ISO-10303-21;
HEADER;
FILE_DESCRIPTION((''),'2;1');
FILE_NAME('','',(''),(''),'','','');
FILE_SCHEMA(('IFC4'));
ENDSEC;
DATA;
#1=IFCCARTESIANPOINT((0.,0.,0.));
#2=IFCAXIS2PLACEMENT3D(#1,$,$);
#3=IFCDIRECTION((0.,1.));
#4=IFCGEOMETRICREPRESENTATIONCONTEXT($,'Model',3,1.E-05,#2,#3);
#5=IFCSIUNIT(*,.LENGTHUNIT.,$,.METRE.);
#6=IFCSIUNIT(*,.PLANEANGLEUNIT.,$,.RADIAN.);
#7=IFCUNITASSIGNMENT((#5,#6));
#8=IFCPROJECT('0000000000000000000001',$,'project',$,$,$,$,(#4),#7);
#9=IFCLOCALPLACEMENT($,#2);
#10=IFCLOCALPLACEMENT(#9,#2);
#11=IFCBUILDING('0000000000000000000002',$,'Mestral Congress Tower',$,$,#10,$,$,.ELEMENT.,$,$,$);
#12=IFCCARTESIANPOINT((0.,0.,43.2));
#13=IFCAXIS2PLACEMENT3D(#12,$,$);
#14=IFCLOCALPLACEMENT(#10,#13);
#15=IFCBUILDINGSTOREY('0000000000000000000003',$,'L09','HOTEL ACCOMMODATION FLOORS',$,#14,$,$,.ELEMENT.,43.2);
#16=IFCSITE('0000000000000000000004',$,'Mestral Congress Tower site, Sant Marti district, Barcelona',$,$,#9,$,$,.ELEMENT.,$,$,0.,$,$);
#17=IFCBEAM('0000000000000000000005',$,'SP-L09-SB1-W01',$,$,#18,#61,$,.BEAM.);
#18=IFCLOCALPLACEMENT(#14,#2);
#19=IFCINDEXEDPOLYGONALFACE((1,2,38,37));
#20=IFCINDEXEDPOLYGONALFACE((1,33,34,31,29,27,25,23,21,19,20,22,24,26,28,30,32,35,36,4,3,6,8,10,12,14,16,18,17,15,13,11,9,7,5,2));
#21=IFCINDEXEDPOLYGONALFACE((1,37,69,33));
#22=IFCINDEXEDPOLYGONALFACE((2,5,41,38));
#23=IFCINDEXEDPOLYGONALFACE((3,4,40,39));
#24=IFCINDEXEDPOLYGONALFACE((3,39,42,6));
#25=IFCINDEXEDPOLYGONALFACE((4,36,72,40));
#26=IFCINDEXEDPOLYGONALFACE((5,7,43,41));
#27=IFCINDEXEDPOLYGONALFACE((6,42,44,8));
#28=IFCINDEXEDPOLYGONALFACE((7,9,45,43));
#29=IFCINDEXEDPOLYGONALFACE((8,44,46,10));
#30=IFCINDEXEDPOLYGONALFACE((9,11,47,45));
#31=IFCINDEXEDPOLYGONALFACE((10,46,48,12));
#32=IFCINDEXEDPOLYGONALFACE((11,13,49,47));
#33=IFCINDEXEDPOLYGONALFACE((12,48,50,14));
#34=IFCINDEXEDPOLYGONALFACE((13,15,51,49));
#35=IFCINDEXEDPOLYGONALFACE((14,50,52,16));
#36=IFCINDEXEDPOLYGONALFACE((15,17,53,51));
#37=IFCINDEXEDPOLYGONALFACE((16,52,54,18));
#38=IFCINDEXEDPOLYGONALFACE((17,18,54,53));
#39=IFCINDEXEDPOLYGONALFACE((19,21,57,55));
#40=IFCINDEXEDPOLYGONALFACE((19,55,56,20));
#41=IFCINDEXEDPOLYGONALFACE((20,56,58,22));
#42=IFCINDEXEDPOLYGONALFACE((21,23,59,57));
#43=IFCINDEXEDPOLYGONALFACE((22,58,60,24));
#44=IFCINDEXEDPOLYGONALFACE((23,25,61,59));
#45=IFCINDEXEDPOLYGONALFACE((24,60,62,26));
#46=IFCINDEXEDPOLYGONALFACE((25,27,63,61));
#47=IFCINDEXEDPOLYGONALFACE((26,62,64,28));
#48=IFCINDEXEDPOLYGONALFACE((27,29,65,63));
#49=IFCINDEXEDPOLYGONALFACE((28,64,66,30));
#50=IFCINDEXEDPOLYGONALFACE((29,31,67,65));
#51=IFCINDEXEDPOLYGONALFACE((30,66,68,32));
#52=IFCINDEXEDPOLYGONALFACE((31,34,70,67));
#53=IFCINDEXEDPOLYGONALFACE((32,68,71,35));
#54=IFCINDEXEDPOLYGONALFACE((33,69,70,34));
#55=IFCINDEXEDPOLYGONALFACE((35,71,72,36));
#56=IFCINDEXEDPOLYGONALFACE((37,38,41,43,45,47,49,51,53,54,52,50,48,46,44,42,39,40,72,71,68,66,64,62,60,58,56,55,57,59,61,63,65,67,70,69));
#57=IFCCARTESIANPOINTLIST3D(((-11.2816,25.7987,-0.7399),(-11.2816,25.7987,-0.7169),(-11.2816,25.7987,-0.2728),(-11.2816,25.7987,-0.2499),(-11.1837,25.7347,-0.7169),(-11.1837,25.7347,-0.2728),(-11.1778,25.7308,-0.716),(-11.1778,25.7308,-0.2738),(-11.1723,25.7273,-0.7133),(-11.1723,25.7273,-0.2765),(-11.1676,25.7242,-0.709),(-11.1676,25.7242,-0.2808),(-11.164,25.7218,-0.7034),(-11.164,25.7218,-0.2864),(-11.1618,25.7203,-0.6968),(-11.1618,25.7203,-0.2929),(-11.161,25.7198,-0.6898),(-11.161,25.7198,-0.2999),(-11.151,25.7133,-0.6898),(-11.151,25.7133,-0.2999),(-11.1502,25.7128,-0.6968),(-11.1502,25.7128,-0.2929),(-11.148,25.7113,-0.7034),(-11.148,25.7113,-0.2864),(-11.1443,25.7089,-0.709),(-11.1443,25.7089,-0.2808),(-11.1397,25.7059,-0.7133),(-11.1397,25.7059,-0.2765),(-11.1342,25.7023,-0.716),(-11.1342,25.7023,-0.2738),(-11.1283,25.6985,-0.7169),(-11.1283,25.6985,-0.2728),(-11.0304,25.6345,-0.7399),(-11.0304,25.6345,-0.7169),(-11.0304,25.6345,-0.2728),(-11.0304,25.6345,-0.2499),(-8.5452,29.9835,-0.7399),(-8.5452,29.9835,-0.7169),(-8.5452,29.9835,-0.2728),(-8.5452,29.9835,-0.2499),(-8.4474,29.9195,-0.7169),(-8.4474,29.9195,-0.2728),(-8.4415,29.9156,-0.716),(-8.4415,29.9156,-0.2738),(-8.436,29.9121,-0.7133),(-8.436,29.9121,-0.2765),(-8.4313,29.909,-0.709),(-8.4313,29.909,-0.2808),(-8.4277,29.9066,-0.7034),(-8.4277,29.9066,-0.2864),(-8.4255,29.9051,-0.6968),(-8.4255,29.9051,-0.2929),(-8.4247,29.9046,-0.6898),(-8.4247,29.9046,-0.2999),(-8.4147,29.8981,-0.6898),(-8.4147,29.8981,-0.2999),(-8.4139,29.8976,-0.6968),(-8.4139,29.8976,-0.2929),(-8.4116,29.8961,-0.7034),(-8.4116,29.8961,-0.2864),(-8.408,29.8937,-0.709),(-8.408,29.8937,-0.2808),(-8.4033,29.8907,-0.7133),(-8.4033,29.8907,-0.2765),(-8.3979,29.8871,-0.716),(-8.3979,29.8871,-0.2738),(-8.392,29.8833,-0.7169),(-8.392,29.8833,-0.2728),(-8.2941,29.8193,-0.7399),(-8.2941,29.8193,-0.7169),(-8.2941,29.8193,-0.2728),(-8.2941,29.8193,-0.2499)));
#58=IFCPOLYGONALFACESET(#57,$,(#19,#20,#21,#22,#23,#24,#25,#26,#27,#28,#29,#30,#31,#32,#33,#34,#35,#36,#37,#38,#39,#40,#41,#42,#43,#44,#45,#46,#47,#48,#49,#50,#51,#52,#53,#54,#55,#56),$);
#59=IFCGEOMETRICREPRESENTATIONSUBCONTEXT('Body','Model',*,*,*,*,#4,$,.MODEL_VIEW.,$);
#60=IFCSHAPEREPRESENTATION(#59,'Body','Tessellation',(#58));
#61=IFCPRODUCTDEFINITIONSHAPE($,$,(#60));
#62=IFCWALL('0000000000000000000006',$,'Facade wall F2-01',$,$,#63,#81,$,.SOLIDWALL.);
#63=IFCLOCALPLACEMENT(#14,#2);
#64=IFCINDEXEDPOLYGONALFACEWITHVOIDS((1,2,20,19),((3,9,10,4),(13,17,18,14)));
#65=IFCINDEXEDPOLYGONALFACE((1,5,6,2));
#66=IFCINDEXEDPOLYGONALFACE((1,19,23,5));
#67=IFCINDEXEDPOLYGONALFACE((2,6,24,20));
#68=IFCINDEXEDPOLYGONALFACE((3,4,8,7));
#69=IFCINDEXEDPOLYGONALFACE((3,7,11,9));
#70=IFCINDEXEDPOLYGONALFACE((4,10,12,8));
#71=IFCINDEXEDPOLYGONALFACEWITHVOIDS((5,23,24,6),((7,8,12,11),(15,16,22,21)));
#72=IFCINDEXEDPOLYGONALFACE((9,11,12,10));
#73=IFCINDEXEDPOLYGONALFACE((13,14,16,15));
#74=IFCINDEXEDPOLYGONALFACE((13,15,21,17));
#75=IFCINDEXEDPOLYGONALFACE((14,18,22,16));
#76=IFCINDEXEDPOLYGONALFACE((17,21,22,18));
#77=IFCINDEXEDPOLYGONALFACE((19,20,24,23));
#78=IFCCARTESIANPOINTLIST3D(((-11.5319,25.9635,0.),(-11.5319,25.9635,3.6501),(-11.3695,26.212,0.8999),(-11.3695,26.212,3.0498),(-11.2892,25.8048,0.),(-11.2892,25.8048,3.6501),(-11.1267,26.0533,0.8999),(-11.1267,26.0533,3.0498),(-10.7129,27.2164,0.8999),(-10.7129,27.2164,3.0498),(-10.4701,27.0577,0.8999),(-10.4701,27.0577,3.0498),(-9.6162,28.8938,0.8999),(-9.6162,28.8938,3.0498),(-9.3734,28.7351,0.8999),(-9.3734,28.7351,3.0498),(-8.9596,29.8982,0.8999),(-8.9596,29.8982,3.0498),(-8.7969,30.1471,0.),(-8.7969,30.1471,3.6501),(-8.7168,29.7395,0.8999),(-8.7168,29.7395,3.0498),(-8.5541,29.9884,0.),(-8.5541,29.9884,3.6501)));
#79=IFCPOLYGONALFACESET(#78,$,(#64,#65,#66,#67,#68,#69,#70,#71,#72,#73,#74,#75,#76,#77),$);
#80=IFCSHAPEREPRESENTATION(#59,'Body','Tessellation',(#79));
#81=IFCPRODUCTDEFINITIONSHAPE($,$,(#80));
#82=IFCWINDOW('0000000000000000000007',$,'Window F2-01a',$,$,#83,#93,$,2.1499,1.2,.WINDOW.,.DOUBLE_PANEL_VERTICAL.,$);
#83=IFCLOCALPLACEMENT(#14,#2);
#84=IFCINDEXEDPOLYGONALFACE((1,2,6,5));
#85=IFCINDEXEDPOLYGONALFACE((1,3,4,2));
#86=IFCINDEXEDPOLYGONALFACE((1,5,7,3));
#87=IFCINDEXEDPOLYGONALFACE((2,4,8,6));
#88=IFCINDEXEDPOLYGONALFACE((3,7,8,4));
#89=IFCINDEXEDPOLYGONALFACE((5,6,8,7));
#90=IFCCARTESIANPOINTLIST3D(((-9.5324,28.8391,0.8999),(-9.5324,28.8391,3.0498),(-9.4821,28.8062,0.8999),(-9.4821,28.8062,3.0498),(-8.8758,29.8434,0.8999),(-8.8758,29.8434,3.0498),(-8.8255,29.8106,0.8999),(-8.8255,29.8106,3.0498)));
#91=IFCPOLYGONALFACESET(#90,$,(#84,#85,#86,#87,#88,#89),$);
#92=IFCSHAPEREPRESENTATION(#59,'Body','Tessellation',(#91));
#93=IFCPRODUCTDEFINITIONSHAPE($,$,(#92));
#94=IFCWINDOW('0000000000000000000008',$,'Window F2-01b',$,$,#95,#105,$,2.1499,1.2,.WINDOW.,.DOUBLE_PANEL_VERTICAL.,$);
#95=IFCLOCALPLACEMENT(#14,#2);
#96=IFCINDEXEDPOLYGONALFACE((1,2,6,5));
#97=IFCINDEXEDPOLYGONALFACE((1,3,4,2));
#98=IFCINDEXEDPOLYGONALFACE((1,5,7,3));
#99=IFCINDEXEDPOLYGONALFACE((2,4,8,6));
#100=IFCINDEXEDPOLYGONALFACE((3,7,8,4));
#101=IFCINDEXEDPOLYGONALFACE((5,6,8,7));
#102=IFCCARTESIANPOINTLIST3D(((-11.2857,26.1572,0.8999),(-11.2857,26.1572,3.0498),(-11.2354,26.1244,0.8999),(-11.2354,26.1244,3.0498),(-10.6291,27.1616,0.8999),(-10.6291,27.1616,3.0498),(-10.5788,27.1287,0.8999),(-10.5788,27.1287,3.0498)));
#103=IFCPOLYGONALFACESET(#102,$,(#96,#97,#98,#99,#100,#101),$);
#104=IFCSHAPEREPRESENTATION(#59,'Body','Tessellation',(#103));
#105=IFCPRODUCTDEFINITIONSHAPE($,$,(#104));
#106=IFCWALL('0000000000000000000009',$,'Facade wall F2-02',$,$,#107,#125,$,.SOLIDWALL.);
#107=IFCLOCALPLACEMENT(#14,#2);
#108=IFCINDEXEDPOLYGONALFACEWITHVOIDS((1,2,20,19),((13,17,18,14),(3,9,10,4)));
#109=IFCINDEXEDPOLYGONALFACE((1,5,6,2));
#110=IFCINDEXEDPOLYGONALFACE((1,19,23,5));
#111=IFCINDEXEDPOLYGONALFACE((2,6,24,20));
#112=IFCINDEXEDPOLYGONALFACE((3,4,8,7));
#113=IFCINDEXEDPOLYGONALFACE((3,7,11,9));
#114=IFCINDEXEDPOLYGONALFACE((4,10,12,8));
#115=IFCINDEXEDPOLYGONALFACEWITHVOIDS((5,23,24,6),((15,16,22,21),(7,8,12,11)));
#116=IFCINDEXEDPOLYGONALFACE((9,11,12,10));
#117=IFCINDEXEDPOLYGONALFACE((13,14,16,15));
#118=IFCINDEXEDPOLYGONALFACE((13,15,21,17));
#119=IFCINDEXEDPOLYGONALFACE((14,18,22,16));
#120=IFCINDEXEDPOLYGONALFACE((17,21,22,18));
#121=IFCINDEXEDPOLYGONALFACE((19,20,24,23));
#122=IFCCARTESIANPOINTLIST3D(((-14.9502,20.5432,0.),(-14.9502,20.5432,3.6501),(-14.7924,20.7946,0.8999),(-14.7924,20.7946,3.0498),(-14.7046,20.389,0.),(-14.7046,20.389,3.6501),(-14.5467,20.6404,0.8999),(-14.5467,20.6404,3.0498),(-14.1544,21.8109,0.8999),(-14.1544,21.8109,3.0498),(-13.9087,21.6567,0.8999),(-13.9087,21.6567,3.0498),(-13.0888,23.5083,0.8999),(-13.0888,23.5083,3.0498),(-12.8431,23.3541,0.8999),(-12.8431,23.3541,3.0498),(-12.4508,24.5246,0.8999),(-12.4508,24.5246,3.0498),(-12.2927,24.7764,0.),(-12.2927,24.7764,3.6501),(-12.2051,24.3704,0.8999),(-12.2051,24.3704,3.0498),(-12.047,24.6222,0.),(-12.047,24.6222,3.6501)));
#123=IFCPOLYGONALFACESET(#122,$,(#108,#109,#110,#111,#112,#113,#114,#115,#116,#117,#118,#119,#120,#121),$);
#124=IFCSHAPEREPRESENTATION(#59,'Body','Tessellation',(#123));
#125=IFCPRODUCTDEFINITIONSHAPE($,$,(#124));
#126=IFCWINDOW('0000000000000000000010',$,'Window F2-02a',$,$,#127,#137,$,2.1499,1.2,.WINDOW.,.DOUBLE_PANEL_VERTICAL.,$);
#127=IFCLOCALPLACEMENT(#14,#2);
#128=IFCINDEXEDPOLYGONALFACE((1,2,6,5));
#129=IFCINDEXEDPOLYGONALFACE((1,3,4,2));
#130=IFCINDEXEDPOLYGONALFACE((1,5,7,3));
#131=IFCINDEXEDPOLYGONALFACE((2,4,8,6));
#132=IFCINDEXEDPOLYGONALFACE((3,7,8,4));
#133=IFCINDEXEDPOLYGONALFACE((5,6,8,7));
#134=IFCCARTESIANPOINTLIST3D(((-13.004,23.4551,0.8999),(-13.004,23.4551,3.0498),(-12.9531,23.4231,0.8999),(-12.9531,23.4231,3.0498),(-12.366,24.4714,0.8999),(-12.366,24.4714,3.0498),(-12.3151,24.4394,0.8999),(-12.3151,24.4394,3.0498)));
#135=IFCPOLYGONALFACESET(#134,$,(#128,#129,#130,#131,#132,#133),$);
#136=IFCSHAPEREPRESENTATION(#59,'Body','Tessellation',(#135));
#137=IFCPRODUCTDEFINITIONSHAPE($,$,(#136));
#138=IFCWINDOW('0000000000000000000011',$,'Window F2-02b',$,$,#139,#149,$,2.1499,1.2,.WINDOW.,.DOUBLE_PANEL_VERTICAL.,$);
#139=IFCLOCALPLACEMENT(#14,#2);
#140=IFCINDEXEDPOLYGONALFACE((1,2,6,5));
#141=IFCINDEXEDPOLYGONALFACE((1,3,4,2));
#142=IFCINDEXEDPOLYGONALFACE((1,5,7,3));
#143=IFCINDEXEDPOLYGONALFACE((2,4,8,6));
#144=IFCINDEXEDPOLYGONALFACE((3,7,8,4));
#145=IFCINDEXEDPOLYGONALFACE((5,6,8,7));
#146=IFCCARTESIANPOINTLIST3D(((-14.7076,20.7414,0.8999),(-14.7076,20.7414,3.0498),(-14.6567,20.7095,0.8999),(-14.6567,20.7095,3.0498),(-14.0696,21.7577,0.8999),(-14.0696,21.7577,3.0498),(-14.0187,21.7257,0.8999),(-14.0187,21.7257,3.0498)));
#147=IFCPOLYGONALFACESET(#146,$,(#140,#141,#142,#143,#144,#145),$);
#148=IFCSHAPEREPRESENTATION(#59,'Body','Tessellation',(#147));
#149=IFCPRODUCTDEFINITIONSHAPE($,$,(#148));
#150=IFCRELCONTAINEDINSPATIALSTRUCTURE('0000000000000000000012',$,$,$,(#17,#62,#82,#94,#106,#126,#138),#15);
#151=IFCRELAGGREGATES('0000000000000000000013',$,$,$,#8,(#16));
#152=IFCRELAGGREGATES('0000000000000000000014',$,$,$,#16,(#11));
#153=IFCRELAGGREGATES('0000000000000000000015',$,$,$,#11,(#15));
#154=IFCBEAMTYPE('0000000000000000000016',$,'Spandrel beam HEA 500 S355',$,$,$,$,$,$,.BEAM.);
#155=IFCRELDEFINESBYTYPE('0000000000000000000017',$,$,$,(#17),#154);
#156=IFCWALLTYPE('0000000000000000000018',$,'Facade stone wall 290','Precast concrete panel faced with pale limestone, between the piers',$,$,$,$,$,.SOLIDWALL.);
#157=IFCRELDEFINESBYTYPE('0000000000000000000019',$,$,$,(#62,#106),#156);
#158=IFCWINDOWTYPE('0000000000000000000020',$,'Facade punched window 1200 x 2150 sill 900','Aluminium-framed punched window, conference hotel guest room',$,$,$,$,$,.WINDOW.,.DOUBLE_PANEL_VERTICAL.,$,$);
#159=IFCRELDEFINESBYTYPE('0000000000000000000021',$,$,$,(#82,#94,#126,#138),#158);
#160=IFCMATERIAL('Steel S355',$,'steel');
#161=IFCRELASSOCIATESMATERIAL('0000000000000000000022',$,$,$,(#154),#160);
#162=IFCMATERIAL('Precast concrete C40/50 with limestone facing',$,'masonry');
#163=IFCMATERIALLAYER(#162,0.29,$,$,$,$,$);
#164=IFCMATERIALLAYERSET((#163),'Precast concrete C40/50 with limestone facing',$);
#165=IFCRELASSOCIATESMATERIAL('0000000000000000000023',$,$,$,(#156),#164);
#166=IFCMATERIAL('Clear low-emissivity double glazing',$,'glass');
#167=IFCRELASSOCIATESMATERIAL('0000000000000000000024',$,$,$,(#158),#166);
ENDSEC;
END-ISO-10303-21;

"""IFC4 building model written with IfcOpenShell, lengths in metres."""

from ifc_helpers import new_model, si_unit, direction, frame, frame_2d, origin, origin_2d, place, context, subcontext, project, spatial, rectangle, i_section, extrude, material, layer, layer_set, material_profile, profile_set, type_object, element, fill, save


model = new_model("IFC4")

# Units and contexts
model_context = context("Model", 3, precision=1e-05, world=origin(), true_north=direction((0.0, 1.0)))
body_context = subcontext(model_context, "Body", "Model", "MODEL_VIEW")
ifc_project = project(units=[si_unit("LENGTHUNIT", "METRE"), si_unit("PLANEANGLEUNIT", "RADIAN")], contexts=[model_context])

# Site, building, storey
site_placement = place(None, origin())
site = spatial("IfcSite", under=ifc_project, at=site_placement, Name="Mestral Congress Tower site, Sant Marti district, Barcelona", CompositionType="ELEMENT", RefElevation=0.0)
building_placement = place(site_placement, origin())
building = spatial("IfcBuilding", under=site, at=building_placement, Name="Mestral Congress Tower", CompositionType="ELEMENT")
storey_placement = place(building_placement, frame((0.0, 0.0, 43.2)))
storey = spatial("IfcBuildingStorey", under=building, at=storey_placement, Name="L09", Description="HOTEL ACCOMMODATION FLOORS", CompositionType="ELEMENT", Elevation=43.2)

# Beam
ifc_material_1 = material(Name="Steel S355", Category="steel")
ifc_material_profile_1 = material_profile(ifc_material_1, i_section(OverallWidth=0.3, OverallDepth=0.49, WebThickness=0.012, FlangeThickness=0.0229, FilletRadius=0.0271, at=origin_2d()), Name="HEA 500")
ifc_profile_set_1 = profile_set([ifc_material_profile_1], Name="Steel S355")
beam_type_1 = type_object("IfcBeamType", Name="Spandrel beam HEA 500 S355", PredefinedType="BEAM", material=ifc_profile_set_1)
beam_1_placement = place(storey_placement, frame((-8.4197, 29.9014, -0.4949), z_axis=(-0.547264, -0.83696, 0.0), x_axis=(0.83696, -0.547264, 0.0)))
element("IfcBeam", 1, at=beam_1_placement, inside=storey, type_object=beam_type_1, Name="SP-L09-SB1-W01", PredefinedType="BEAM", context=body_context, shape_type="SweptSolid", body=[
    extrude(i_section(OverallWidth=0.3, OverallDepth=0.49, WebThickness=0.012, FlangeThickness=0.0229, FilletRadius=0.0271, at=origin_2d()), origin(), (0.0, 0.0, 1.0), 5.0),
])

# Walls, openings, windows
ifc_material_2 = material(Name="Precast concrete C40/50 with limestone facing", Category="masonry")
ifc_layer_1 = layer(ifc_material_2, 0.29)
ifc_layer_set_1 = layer_set([ifc_layer_1], Name="Precast concrete C40/50 with limestone facing")
wall_type_1 = type_object("IfcWallType", Name="Facade stone wall 290", Description="Precast concrete panel faced with pale limestone, between the piers", PredefinedType="SOLIDWALL", material=ifc_layer_set_1)
wall_1_placement = place(storey_placement, frame((-8.6755, 30.0676, 0.0), z_axis=(0.0, 0.0, 1.0), x_axis=(-0.547205, -0.836999, 0.0)))
wall_1 = element("IfcWall", 2, at=wall_1_placement, inside=storey, type_object=wall_type_1, Name="Facade wall F2-01", PredefinedType="SOLIDWALL", context=body_context, shape_type="SweptSolid", body=[
    extrude(rectangle(XDim=4.9983, YDim=0.29, at=frame_2d((2.499, 0.0))), origin(), (0.0, 0.0, 1.0), 3.6501),
])
opening_1_placement = place(wall_1_placement, frame((0.2971, 0.0, 0.8999)))
opening_1 = element("IfcOpeningElement", 3, at=opening_1_placement, cuts=wall_1, PredefinedType="OPENING", context=body_context, shape_type="SweptSolid", body=[
    extrude(rectangle(XDim=1.2, YDim=2.1499, at=frame_2d((0.6001, 1.075))), frame((0.0, 0.155, 0.0), z_axis=(0.0, -1.0, 0.0), x_axis=(1.0, 0.0, 0.0)), (0.0, 0.0, 1.0), 0.3101),
])
opening_2_placement = place(wall_1_placement, frame((3.5012, 0.0, 0.8999)))
opening_2 = element("IfcOpeningElement", 4, at=opening_2_placement, cuts=wall_1, PredefinedType="OPENING", context=body_context, shape_type="SweptSolid", body=[
    extrude(rectangle(XDim=1.2, YDim=2.1499, at=frame_2d((0.6001, 1.075))), frame((0.0, 0.155, 0.0), z_axis=(0.0, -1.0, 0.0), x_axis=(1.0, 0.0, 0.0)), (0.0, 0.0, 1.0), 0.3101),
])
ifc_material_3 = material(Name="Clear low-emissivity double glazing", Category="glass")
window_type = type_object("IfcWindowType", Name="Facade punched window 1200 x 2150 sill 900", Description="Aluminium-framed punched window, conference hotel guest room", PartitioningType="DOUBLE_PANEL_VERTICAL", PredefinedType="WINDOW", material=ifc_material_3)
window_1_placement = place(opening_1_placement, origin())
window_1 = element("IfcWindow", 5, at=window_1_placement, inside=storey, type_object=window_type, Name="Window F2-01a", OverallHeight=2.1499, OverallWidth=1.2, PartitioningType="DOUBLE_PANEL_VERTICAL", PredefinedType="WINDOW", context=body_context, shape_type="SweptSolid", body=[
    extrude(rectangle(XDim=1.2, YDim=2.1499, at=frame_2d((0.6001, 1.075))), frame((0.0, 0.0151, 0.0), z_axis=(0.0, -1.0, 0.0), x_axis=(1.0, 0.0, 0.0)), (0.0, 0.0, 1.0), 0.0601),
])
fill(opening_1, window_1)
window_2_placement = place(opening_2_placement, origin())
window_2 = element("IfcWindow", 6, at=window_2_placement, inside=storey, type_object=window_type, Name="Window F2-01b", OverallHeight=2.1499, OverallWidth=1.2, PartitioningType="DOUBLE_PANEL_VERTICAL", PredefinedType="WINDOW", context=body_context, shape_type="SweptSolid", body=[
    extrude(rectangle(XDim=1.2, YDim=2.1499, at=frame_2d((0.6001, 1.075))), frame((0.0, 0.0151, 0.0), z_axis=(0.0, -1.0, 0.0), x_axis=(1.0, 0.0, 0.0)), (0.0, 0.0, 1.0), 0.0601),
])
fill(opening_2, window_2)
wall_2_placement = place(storey_placement, frame((-12.1699, 24.6992, 0.0), z_axis=(0.0, 0.0, 1.0), x_axis=(-0.531688, -0.84694, 0.0)))
wall_2 = element("IfcWall", 7, at=wall_2_placement, inside=storey, type_object=wall_type_1, Name="Facade wall F2-02", PredefinedType="SOLIDWALL", context=body_context, shape_type="SweptSolid", body=[
    extrude(rectangle(XDim=4.9983, YDim=0.29, at=frame_2d((2.499, 0.0))), origin(), (0.0, 0.0, 1.0), 3.6501),
])
opening_3_placement = place(wall_2_placement, frame((0.2971, 0.0, 0.8999)))
opening_3 = element("IfcOpeningElement", 8, at=opening_3_placement, cuts=wall_2, PredefinedType="OPENING", context=body_context, shape_type="SweptSolid", body=[
    extrude(rectangle(XDim=1.2, YDim=2.1499, at=frame_2d((0.6001, 1.075))), frame((0.0, 0.155, 0.0), z_axis=(0.0, -1.0, 0.0), x_axis=(1.0, 0.0, 0.0)), (0.0, 0.0, 1.0), 0.3101),
])
opening_4_placement = place(wall_2_placement, frame((3.5012, 0.0, 0.8999)))
opening_4 = element("IfcOpeningElement", 9, at=opening_4_placement, cuts=wall_2, PredefinedType="OPENING", context=body_context, shape_type="SweptSolid", body=[
    extrude(rectangle(XDim=1.2, YDim=2.1499, at=frame_2d((0.6001, 1.075))), frame((0.0, 0.155, 0.0), z_axis=(0.0, -1.0, 0.0), x_axis=(1.0, 0.0, 0.0)), (0.0, 0.0, 1.0), 0.3101),
])
window_3_placement = place(opening_3_placement, origin())
window_3 = element("IfcWindow", 10, at=window_3_placement, inside=storey, type_object=window_type, Name="Window F2-02a", OverallHeight=2.1499, OverallWidth=1.2, PartitioningType="DOUBLE_PANEL_VERTICAL", PredefinedType="WINDOW", context=body_context, shape_type="SweptSolid", body=[
    extrude(rectangle(XDim=1.2, YDim=2.1499, at=frame_2d((0.6001, 1.075))), frame((0.0, 0.0151, 0.0), z_axis=(0.0, -1.0, 0.0), x_axis=(1.0, 0.0, 0.0)), (0.0, 0.0, 1.0), 0.0601),
])
fill(opening_3, window_3)
window_4_placement = place(opening_4_placement, origin())
window_4 = element("IfcWindow", 11, at=window_4_placement, inside=storey, type_object=window_type, Name="Window F2-02b", OverallHeight=2.1499, OverallWidth=1.2, PartitioningType="DOUBLE_PANEL_VERTICAL", PredefinedType="WINDOW", context=body_context, shape_type="SweptSolid", body=[
    extrude(rectangle(XDim=1.2, YDim=2.1499, at=frame_2d((0.6001, 1.075))), frame((0.0, 0.0151, 0.0), z_axis=(0.0, -1.0, 0.0), x_axis=(1.0, 0.0, 0.0)), (0.0, 0.0, 1.0), 0.0601),
])
fill(opening_4, window_4)

save(model, "model.ifc")
